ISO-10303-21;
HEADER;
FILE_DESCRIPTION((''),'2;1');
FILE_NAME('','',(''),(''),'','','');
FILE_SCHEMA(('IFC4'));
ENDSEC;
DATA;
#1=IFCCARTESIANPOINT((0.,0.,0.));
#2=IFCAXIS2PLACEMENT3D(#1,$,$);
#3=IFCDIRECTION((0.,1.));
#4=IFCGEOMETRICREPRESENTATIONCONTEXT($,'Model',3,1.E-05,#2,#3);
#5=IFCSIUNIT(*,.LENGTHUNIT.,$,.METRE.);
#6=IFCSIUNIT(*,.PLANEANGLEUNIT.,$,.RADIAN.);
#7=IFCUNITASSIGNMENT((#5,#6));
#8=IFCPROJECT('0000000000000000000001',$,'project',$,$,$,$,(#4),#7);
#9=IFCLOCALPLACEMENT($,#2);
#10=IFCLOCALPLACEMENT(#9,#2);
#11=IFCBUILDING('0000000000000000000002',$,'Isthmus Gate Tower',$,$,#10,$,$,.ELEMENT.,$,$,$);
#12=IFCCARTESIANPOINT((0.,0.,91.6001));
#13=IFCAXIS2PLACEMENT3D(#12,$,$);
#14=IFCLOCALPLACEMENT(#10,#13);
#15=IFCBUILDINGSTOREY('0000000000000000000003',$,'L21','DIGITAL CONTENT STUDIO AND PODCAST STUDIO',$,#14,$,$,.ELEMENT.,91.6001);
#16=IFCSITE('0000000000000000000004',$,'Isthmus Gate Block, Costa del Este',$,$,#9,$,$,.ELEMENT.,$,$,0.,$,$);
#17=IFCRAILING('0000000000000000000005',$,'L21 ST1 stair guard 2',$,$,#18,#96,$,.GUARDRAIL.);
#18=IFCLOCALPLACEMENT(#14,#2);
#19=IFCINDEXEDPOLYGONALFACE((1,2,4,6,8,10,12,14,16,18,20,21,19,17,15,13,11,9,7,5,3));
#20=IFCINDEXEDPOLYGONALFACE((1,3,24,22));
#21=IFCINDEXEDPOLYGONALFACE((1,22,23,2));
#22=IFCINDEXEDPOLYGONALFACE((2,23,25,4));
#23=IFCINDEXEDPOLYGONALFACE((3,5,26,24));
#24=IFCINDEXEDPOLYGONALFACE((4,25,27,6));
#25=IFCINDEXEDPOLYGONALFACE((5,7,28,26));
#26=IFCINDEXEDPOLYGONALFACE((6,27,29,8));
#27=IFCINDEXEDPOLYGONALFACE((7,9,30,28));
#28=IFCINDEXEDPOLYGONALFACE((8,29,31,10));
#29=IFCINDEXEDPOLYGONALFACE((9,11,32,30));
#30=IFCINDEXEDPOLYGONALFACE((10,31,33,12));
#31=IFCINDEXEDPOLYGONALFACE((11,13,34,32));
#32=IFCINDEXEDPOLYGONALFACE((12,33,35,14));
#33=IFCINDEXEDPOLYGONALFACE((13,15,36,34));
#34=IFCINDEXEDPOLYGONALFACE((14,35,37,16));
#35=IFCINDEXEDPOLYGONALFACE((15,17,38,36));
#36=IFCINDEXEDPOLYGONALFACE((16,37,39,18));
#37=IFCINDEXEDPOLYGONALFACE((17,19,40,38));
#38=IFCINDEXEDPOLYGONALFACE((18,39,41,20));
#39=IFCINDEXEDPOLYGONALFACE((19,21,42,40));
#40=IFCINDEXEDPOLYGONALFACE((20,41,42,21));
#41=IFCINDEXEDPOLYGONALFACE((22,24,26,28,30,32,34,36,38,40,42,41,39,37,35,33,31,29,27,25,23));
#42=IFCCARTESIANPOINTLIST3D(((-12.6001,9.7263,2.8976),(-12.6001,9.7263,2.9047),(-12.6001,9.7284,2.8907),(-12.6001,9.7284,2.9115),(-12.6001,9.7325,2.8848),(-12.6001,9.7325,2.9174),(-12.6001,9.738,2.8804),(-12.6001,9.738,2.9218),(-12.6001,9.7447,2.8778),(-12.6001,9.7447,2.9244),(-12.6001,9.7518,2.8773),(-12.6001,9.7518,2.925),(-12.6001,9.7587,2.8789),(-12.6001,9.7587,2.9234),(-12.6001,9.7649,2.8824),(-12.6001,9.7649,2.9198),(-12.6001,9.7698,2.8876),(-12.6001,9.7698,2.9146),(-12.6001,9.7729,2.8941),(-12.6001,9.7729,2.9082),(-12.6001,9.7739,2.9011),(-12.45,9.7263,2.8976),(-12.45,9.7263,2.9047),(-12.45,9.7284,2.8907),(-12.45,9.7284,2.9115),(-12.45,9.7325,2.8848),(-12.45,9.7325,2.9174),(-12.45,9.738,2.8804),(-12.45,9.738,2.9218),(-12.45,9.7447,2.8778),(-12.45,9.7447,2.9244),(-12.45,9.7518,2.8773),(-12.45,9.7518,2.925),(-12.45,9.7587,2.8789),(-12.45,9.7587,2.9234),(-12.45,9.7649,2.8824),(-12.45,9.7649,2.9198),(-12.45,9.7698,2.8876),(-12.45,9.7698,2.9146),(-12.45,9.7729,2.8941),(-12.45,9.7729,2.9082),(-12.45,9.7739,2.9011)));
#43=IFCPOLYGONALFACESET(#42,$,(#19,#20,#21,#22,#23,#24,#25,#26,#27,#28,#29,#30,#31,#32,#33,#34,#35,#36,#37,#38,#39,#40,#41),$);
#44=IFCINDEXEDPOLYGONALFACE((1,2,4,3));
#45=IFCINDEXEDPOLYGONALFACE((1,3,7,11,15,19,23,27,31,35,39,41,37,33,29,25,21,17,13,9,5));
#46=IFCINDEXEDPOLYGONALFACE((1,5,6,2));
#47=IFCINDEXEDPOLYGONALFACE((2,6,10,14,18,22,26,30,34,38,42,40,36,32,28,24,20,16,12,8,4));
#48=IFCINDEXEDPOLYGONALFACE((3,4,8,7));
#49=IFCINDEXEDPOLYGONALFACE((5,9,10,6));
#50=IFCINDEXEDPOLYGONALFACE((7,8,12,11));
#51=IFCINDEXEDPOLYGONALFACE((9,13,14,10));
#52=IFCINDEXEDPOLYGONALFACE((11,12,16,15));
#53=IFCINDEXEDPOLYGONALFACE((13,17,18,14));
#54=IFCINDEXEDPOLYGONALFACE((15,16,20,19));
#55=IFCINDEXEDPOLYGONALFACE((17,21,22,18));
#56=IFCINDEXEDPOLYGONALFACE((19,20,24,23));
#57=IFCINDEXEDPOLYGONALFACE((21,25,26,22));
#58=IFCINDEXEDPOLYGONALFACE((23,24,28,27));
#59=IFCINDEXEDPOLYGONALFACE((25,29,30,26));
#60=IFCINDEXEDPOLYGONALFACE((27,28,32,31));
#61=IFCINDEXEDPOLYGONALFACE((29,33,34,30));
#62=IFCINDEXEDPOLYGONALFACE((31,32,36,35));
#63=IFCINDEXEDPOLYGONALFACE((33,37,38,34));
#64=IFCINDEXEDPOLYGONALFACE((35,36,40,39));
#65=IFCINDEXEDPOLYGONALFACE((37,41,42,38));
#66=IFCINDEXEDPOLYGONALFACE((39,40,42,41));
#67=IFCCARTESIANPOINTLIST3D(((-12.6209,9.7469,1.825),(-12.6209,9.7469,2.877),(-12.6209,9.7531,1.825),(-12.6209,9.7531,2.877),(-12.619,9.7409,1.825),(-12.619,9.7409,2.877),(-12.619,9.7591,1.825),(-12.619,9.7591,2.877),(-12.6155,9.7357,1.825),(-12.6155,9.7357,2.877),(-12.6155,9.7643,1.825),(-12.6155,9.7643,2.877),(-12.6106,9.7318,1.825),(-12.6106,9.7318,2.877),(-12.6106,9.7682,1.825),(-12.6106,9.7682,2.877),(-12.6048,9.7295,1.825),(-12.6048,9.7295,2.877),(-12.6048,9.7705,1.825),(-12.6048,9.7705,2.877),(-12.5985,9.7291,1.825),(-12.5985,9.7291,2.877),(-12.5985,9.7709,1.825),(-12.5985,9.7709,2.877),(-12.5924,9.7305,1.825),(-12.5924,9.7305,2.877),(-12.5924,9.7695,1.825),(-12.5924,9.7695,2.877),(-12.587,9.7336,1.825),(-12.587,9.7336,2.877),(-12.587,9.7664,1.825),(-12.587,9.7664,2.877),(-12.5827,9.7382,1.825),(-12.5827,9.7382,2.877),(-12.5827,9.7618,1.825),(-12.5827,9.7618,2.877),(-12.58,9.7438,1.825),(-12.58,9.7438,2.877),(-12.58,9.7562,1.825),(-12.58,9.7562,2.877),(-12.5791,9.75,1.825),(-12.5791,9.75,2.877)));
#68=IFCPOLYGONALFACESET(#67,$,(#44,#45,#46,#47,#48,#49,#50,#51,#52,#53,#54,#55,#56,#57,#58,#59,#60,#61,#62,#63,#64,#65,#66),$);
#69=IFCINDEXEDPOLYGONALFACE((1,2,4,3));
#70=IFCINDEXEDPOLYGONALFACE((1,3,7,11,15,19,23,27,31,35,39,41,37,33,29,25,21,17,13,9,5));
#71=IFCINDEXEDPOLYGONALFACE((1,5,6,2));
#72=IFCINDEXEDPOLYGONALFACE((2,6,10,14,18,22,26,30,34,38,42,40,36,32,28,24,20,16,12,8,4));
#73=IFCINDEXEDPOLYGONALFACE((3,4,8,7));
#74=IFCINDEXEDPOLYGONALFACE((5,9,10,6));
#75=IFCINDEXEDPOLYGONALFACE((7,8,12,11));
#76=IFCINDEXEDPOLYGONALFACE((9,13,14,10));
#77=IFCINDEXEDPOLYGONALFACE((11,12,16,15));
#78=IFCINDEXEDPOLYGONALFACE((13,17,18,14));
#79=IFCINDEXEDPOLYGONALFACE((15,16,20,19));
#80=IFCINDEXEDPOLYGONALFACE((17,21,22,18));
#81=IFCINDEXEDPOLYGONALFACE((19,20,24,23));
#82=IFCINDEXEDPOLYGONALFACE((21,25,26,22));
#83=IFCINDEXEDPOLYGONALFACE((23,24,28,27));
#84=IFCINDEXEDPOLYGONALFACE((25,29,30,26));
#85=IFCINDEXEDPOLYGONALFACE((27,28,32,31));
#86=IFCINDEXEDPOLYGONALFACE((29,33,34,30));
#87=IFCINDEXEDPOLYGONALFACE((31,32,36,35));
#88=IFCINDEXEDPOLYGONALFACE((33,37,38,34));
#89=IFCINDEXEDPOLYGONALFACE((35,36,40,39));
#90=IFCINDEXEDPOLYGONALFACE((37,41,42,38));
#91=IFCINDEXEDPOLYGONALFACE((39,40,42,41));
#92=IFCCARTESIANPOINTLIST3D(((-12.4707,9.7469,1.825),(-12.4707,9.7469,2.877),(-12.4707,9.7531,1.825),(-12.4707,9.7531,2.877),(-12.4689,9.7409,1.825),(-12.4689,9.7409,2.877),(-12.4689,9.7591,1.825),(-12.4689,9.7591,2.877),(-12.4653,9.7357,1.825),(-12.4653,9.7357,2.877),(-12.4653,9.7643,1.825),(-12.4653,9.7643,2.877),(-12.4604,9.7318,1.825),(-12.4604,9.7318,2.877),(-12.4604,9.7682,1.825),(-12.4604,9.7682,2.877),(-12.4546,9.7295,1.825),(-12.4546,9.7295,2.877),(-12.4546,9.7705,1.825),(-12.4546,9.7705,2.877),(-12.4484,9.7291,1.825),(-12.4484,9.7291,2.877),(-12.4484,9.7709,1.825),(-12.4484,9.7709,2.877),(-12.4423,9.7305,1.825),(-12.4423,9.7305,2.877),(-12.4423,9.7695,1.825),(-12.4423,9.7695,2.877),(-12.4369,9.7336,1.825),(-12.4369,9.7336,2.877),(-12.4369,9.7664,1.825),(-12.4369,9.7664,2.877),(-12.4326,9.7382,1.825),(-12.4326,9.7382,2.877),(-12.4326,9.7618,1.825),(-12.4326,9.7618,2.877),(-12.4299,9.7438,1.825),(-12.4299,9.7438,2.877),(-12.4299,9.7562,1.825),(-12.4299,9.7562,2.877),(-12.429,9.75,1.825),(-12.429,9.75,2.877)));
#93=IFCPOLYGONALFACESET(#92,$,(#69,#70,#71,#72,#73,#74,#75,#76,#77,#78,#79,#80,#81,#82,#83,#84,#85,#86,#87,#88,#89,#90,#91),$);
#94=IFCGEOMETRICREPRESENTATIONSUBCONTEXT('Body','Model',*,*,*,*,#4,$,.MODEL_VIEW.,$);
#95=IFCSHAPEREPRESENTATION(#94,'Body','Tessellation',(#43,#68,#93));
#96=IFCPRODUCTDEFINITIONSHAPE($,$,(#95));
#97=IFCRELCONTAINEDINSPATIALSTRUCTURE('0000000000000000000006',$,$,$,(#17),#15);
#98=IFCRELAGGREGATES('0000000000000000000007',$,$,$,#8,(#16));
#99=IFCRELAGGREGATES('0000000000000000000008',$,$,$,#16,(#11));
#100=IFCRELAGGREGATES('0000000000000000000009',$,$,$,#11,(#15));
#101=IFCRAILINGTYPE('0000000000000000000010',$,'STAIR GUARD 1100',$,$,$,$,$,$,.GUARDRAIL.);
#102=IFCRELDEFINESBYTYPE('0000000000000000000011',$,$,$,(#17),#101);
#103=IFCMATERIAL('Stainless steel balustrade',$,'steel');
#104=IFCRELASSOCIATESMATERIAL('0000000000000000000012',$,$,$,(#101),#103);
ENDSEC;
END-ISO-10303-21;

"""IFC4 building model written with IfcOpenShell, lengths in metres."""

from ifc_helpers import new_model, si_unit, direction, frame, origin, origin_2d, place, context, subcontext, project, spatial, circle, extrude, material, type_object, element, save


model = new_model("IFC4")

# Units and contexts
model_context = context("Model", 3, precision=1e-05, world=origin(), true_north=direction((0.0, 1.0)))
body_context = subcontext(model_context, "Body", "Model", "MODEL_VIEW")
ifc_project = project(units=[si_unit("LENGTHUNIT", "METRE"), si_unit("PLANEANGLEUNIT", "RADIAN")], contexts=[model_context])

# Site, building, storey
site_placement = place(None, origin())
site = spatial("IfcSite", under=ifc_project, at=site_placement, Name="Isthmus Gate Block, Costa del Este", CompositionType="ELEMENT", RefElevation=0.0)
building_placement = place(site_placement, origin())
building = spatial("IfcBuilding", under=site, at=building_placement, Name="Isthmus Gate Tower", CompositionType="ELEMENT")
storey_placement = place(building_placement, frame((0.0, 0.0, 91.6001)))
storey = spatial("IfcBuildingStorey", under=building, at=storey_placement, Name="L21", Description="DIGITAL CONTENT STUDIO AND PODCAST STUDIO", CompositionType="ELEMENT", Elevation=91.6001)

# Railing
ifc_material_1 = material(Name="Stainless steel balustrade", Category="steel")
railing_type_1 = type_object("IfcRailingType", Name="STAIR GUARD 1100", PredefinedType="GUARDRAIL", material=ifc_material_1)
railing_1_placement = place(storey_placement, frame((-12.6001, 9.75, 1.825)))
element("IfcRailing", 1, at=railing_1_placement, inside=storey, type_object=railing_type_1, Name="L21 ST1 stair guard 2", PredefinedType="GUARDRAIL", context=body_context, shape_type="SweptSolid", body=[
    extrude(circle(Radius=0.0239, at=origin_2d()), frame((0.0, 0.0, 1.0762), z_axis=(1.0, 0.0, 0.0), x_axis=(0.0, 1.0, 0.0)), (0.0, 0.0, 1.0), 0.1501),
    extrude(circle(Radius=0.021, at=origin_2d()), origin(), (0.0, 0.0, 1.0), 1.052),
    extrude(circle(Radius=0.021, at=origin_2d()), frame((0.1501, 0.0, 0.0)), (0.0, 0.0, 1.0), 1.052),
])

save(model, "model.ifc")
